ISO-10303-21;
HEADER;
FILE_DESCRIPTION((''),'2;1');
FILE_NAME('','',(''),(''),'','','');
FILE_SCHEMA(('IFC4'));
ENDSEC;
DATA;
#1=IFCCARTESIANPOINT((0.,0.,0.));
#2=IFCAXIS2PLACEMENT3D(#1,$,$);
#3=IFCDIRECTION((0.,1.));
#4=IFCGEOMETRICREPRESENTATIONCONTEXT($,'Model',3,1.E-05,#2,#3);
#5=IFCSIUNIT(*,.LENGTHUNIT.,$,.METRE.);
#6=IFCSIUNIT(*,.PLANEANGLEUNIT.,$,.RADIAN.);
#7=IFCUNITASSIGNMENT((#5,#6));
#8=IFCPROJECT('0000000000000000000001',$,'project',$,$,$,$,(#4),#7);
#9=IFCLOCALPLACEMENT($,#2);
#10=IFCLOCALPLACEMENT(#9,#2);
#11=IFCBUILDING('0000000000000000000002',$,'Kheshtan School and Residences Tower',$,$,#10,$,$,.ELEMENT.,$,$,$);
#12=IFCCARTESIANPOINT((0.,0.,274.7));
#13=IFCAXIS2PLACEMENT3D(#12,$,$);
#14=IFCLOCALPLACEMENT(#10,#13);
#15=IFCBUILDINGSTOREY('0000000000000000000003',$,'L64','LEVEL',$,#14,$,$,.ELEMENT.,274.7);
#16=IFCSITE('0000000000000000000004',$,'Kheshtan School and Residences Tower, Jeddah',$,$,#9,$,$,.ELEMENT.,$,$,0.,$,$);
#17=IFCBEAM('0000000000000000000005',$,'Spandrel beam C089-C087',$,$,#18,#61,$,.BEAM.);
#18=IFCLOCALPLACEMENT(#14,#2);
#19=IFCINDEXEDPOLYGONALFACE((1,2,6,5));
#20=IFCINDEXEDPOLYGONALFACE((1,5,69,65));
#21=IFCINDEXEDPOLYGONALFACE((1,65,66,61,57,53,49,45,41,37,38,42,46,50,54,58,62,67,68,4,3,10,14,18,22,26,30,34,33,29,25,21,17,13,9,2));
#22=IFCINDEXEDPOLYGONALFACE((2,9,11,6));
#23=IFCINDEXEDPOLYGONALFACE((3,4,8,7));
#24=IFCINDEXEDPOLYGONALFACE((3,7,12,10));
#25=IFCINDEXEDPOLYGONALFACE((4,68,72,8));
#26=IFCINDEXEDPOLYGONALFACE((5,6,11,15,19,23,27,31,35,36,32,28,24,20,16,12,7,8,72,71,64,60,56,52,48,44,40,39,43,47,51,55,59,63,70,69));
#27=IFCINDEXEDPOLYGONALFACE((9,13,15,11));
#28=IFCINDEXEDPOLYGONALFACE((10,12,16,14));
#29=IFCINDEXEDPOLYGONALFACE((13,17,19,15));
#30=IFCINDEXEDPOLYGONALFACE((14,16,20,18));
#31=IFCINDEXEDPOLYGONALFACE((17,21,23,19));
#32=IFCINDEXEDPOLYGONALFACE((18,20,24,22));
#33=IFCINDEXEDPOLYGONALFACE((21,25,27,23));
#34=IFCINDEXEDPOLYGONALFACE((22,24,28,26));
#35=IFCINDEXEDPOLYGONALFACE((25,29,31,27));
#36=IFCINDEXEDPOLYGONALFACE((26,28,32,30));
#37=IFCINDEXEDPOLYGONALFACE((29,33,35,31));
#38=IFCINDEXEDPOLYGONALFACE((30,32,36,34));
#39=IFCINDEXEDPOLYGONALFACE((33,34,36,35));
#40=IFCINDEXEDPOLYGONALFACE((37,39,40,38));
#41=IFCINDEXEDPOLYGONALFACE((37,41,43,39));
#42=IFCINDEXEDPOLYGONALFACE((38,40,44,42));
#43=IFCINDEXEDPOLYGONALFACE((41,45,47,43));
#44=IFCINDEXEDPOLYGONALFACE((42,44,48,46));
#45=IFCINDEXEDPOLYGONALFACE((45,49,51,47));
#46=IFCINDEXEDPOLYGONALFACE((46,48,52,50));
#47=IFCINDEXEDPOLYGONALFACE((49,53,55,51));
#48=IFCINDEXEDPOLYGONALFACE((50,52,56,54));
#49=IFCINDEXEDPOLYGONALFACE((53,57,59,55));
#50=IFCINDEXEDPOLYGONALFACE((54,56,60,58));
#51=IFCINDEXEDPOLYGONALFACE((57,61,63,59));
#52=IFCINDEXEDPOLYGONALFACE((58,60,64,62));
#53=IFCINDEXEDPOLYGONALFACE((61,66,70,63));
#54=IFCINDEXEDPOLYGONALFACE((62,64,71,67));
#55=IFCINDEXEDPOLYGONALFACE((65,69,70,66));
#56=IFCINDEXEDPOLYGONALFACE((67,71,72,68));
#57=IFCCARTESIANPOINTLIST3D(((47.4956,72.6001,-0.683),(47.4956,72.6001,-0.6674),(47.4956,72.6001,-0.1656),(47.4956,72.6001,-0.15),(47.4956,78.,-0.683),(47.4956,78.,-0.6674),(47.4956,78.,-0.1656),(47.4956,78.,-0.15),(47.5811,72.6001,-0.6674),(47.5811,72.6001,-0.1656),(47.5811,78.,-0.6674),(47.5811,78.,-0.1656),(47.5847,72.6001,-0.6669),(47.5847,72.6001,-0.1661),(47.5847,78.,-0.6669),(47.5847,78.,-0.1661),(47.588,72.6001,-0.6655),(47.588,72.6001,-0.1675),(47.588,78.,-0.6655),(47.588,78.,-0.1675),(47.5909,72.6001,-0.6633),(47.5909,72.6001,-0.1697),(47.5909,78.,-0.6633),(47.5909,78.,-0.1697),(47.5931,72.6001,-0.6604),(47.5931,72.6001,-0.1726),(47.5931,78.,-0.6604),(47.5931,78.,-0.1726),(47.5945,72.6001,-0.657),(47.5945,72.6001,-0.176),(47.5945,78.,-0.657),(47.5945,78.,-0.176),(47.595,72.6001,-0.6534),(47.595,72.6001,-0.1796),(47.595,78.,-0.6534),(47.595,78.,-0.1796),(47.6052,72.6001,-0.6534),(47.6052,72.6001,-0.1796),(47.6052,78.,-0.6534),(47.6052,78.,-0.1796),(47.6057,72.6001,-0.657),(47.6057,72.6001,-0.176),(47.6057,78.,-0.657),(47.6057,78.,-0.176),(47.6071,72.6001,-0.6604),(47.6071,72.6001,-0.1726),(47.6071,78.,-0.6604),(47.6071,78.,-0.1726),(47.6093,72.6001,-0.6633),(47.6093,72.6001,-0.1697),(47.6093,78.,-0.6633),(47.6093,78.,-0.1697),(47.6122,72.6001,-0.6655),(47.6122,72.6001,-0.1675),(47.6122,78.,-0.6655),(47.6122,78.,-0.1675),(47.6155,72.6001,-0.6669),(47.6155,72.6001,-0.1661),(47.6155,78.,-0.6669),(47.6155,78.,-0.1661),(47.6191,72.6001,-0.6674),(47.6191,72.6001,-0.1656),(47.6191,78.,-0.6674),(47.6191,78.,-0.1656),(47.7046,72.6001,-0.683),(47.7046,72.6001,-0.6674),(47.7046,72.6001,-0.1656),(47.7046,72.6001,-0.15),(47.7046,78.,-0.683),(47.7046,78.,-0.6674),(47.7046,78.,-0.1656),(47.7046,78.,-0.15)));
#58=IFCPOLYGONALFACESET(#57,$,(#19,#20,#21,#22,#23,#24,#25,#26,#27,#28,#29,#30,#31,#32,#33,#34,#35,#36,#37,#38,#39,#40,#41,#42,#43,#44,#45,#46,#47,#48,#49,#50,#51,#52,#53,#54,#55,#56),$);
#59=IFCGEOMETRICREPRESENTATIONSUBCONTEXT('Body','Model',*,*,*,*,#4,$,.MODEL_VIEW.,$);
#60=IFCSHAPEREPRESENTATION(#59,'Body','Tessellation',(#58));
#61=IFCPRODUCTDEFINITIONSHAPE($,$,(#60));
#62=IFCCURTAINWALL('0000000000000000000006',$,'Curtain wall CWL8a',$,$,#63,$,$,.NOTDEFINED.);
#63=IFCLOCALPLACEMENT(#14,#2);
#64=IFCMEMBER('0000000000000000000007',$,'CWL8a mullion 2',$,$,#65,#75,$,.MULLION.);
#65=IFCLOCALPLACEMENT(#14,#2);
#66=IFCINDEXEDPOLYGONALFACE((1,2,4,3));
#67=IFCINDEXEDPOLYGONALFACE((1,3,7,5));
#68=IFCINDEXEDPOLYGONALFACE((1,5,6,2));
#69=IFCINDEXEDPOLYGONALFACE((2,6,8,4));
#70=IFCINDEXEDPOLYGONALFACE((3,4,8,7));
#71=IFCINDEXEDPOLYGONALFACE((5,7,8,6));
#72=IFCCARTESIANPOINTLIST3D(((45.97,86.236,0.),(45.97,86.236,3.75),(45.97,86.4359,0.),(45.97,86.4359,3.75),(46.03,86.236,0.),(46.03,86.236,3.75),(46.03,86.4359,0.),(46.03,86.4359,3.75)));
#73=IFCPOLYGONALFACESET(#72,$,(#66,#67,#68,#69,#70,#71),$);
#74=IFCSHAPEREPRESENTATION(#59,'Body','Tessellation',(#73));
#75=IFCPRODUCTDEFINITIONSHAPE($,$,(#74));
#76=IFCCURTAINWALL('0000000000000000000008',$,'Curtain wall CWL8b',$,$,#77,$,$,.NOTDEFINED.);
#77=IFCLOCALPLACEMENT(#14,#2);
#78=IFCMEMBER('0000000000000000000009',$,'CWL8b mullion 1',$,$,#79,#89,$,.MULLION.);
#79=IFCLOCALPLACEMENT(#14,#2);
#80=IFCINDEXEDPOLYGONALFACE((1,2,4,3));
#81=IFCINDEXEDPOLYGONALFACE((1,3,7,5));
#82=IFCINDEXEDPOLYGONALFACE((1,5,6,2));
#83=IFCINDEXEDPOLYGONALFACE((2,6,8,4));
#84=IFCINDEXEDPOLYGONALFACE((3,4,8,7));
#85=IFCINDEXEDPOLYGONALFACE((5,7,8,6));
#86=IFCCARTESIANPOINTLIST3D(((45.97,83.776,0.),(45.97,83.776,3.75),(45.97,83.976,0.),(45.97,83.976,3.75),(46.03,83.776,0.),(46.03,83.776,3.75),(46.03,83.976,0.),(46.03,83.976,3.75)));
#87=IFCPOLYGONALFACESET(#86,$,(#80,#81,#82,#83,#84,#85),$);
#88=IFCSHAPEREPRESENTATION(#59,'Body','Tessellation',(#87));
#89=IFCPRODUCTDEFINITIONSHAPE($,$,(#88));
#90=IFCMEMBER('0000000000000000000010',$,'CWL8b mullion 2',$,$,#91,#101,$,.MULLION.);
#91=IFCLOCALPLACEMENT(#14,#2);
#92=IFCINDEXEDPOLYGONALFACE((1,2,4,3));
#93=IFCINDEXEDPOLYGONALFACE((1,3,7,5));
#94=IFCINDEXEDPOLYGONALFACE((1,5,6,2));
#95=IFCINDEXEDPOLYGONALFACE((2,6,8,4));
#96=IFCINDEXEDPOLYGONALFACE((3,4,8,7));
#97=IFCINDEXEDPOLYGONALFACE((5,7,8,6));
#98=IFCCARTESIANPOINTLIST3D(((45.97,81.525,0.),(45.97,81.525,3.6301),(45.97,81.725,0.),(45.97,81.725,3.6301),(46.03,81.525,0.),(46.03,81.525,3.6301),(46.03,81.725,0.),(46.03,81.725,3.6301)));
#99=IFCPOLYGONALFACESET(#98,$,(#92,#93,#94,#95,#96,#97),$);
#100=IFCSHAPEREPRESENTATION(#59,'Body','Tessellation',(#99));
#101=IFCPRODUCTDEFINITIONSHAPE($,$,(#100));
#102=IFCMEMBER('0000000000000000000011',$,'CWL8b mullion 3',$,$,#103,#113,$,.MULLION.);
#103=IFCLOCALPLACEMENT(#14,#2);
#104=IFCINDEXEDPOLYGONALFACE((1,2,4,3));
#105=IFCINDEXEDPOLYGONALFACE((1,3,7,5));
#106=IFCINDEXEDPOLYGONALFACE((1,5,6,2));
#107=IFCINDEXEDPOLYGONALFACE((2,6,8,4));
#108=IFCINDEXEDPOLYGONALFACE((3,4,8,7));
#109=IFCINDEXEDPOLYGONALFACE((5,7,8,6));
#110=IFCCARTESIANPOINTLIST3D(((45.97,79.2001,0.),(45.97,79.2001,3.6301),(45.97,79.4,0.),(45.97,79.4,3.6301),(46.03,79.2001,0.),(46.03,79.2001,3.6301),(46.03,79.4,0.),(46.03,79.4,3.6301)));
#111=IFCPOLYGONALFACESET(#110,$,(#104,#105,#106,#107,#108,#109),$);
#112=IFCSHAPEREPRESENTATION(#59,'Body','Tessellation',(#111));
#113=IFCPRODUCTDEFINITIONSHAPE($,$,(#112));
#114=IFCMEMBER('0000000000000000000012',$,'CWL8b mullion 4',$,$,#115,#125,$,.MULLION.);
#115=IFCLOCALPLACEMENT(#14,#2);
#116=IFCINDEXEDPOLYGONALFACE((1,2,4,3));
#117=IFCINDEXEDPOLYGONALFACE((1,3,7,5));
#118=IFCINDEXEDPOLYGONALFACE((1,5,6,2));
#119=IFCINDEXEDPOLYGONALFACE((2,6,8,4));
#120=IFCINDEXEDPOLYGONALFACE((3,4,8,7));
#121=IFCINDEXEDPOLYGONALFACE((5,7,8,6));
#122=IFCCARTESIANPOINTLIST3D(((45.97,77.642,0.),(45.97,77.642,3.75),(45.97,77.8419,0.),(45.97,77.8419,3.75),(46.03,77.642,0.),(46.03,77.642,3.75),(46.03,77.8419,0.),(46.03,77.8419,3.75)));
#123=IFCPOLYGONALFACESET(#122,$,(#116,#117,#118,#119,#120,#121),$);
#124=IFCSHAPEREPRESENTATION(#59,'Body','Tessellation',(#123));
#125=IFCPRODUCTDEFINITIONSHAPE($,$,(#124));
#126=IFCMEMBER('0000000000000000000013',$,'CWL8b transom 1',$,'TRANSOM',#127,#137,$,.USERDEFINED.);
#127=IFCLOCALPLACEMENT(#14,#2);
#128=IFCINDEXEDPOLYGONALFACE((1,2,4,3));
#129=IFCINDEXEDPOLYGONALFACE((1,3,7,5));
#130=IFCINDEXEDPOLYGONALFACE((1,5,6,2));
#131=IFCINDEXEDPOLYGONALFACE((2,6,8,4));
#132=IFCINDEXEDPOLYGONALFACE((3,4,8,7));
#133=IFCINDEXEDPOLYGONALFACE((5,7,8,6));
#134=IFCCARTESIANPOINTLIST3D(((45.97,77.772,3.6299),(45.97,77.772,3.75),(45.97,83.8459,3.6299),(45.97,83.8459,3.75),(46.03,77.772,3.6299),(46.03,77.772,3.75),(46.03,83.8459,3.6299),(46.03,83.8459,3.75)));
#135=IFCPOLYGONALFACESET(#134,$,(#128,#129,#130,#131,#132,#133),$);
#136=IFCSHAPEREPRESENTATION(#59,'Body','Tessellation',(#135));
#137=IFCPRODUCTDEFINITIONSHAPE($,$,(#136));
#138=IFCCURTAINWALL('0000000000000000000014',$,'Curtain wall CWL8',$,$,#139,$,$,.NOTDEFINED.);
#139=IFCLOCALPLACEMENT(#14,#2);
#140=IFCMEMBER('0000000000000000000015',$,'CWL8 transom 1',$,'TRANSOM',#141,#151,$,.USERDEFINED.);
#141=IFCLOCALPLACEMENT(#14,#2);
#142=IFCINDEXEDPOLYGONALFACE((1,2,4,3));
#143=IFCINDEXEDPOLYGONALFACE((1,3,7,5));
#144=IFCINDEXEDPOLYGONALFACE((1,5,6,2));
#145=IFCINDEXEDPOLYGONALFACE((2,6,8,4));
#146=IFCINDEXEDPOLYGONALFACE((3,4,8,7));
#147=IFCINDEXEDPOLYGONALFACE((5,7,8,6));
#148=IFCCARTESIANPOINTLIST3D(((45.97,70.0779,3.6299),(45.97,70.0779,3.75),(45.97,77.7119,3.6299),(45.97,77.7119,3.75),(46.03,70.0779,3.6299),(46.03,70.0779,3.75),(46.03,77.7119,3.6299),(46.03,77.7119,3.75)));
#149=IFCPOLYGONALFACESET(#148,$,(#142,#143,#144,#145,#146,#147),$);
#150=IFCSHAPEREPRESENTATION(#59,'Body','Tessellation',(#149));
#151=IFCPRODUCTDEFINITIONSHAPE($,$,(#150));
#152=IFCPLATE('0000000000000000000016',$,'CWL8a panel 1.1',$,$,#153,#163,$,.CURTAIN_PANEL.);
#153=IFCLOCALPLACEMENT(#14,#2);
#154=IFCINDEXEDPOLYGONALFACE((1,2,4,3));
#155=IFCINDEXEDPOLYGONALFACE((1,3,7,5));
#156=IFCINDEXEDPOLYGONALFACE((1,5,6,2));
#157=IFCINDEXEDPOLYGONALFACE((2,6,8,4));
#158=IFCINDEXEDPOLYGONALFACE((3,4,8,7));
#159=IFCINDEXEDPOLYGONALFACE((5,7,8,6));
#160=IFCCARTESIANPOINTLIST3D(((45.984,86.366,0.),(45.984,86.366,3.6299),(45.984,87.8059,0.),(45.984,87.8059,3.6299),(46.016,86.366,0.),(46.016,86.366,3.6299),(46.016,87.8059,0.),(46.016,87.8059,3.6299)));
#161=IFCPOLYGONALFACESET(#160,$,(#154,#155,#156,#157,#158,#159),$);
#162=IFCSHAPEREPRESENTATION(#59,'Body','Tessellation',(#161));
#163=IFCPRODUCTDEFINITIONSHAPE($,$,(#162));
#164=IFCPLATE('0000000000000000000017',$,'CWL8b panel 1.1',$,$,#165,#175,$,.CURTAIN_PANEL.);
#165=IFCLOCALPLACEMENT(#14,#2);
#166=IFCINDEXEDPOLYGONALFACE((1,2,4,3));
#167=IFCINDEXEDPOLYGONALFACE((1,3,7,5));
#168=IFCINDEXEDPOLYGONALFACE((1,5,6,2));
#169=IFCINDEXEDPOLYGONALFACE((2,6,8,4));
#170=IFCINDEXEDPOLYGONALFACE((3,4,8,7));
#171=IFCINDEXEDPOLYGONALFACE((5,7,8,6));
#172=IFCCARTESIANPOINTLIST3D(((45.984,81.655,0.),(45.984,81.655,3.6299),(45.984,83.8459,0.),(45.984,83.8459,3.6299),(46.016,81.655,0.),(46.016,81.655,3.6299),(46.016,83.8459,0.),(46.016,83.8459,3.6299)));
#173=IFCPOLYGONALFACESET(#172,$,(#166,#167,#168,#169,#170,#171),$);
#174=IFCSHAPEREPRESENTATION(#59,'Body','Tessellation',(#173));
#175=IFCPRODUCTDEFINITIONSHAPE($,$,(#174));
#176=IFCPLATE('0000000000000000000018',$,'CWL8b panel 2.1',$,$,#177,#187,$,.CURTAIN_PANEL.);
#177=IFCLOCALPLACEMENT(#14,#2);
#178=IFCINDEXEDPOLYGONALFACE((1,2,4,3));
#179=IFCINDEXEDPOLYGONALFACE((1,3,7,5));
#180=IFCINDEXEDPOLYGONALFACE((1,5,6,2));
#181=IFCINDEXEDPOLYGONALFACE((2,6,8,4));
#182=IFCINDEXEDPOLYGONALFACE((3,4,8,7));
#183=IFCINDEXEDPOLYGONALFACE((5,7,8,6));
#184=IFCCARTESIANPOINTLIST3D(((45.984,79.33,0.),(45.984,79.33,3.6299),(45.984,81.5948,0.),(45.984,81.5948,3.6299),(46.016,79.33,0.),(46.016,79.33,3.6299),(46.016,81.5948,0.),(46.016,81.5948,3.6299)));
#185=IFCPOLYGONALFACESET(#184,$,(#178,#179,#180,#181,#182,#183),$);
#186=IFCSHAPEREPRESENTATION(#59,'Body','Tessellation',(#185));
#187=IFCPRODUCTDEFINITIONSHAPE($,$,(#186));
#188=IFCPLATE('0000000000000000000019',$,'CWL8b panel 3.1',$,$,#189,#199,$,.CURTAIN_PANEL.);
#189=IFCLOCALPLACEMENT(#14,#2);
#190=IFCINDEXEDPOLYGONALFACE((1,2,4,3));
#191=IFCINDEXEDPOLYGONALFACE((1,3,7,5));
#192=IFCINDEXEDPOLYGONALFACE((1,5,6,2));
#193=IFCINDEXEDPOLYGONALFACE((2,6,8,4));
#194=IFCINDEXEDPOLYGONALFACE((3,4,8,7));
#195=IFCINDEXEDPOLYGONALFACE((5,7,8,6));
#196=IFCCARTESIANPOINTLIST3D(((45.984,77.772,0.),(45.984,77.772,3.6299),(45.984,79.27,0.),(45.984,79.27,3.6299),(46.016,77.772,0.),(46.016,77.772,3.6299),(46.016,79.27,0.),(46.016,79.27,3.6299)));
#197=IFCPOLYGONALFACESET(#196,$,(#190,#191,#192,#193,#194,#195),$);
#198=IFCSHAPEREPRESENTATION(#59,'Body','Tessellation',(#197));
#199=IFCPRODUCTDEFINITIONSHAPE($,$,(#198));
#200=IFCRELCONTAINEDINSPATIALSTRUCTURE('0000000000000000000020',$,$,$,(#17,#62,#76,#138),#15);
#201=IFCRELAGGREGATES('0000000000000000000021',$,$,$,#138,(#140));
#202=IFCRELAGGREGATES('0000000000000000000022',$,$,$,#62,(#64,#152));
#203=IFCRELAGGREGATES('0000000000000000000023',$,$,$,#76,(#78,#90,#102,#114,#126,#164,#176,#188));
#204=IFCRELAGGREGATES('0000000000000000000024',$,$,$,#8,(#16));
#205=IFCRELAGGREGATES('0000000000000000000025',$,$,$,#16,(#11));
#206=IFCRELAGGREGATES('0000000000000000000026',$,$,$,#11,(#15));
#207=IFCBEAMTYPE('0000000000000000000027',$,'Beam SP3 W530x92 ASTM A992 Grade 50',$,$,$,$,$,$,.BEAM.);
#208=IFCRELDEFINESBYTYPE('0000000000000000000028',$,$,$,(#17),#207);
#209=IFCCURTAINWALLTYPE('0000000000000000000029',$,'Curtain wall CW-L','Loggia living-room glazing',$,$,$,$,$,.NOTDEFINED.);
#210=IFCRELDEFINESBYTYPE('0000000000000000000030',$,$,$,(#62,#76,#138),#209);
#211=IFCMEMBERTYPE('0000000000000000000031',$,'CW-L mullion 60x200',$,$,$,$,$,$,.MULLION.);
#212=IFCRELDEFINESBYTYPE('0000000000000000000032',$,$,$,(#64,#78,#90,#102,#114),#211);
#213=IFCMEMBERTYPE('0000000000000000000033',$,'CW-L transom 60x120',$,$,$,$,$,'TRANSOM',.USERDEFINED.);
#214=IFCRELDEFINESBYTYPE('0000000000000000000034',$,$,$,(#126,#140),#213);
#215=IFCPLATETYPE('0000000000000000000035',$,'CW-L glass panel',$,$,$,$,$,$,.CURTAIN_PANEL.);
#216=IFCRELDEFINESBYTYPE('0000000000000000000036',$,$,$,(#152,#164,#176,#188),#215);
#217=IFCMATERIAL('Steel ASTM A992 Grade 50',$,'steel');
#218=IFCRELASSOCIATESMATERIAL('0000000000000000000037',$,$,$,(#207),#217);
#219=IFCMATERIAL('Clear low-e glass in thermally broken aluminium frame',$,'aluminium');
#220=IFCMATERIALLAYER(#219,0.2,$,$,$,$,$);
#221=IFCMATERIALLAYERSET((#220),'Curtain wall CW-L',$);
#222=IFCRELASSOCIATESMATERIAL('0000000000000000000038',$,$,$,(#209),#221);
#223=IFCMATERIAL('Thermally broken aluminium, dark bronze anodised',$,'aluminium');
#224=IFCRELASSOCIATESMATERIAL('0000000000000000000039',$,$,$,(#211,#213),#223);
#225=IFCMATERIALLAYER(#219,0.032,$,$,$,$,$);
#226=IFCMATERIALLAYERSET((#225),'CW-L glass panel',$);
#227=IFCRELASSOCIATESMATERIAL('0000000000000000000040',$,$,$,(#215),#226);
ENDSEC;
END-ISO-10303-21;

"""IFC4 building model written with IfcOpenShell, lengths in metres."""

from ifc_helpers import new_model, si_unit, direction, frame, origin, origin_2d, place, context, subcontext, project, spatial, rectangle, i_section, extrude, material, layer, layer_set, material_profile, profile_set, type_object, element, aggregate, save


model = new_model("IFC4")

# Units and contexts
model_context = context("Model", 3, precision=1e-05, world=origin(), true_north=direction((0.0, 1.0)))
body_context = subcontext(model_context, "Body", "Model", "MODEL_VIEW")
ifc_project = project(units=[si_unit("LENGTHUNIT", "METRE"), si_unit("PLANEANGLEUNIT", "RADIAN")], contexts=[model_context])

# Site, building, storey
site_placement = place(None, origin())
site = spatial("IfcSite", under=ifc_project, at=site_placement, Name="Kheshtan School and Residences Tower, Jeddah", CompositionType="ELEMENT", RefElevation=0.0)
building_placement = place(site_placement, origin())
building = spatial("IfcBuilding", under=site, at=building_placement, Name="Kheshtan School and Residences Tower", CompositionType="ELEMENT")
storey_placement = place(building_placement, frame((0.0, 0.0, 274.7)))
storey = spatial("IfcBuildingStorey", under=building, at=storey_placement, Name="L64", Description="LEVEL", CompositionType="ELEMENT", Elevation=274.7)

# Shared definitions
ifc_material_1 = material(Name="Steel ASTM A992 Grade 50", Category="steel")

# Beam
ifc_material_profile_1 = material_profile(ifc_material_1, i_section(OverallWidth=0.209, OverallDepth=0.533, WebThickness=0.0103, FlangeThickness=0.0156, FilletRadius=0.0139, at=origin_2d()), Name="W530x92")
ifc_profile_set_1 = profile_set([ifc_material_profile_1], Name="Steel ASTM A992 Grade 50")
beam_type_1 = type_object("IfcBeamType", Name="Beam SP3 W530x92 ASTM A992 Grade 50", PredefinedType="BEAM", material=ifc_profile_set_1)
for number, where, z_axis, x_axis, name in (
    (1, (47.6001, 78.0, -0.4165), (0.0, -1.0, 0.0), (1.0, 0.0, 0.0), "Spandrel beam C089-C087"),
):
    element("IfcBeam", number, at=place(storey_placement, frame(where, z_axis=z_axis, x_axis=x_axis)), inside=storey, type_object=beam_type_1, Name=name, PredefinedType="BEAM", context=body_context, shape_type="SweptSolid", body=[
        extrude(i_section(OverallWidth=0.209, OverallDepth=0.533, WebThickness=0.0103, FlangeThickness=0.0156, FilletRadius=0.0139, at=origin_2d()), origin(), (0.0, 0.0, 1.0), 5.3999),
    ])

# Curtain wall, member
ifc_material_2 = material(Name="Clear low-e glass in thermally broken aluminium frame", Category="aluminium")
ifc_layer_1 = layer(ifc_material_2, 0.2)
ifc_layer_set_1 = layer_set([ifc_layer_1], Name="Curtain wall CW-L")
curtain_wall_type = type_object("IfcCurtainWallType", Name="Curtain wall CW-L", Description="Loggia living-room glazing", PredefinedType="NOTDEFINED", material=ifc_layer_set_1)
curtain_wall_1_placement = place(storey_placement, origin())
curtain_wall_1 = element("IfcCurtainWall", 2, at=curtain_wall_1_placement, inside=storey, type_object=curtain_wall_type, Name="Curtain wall CWL8a", PredefinedType="NOTDEFINED")
ifc_material_3 = material(Name="Thermally broken aluminium, dark bronze anodised", Category="aluminium")
ifc_material_profile_2 = material_profile(ifc_material_3, rectangle(XDim=0.0601, YDim=0.2, at=origin_2d()), Name="CW-L mullion 60x200")
ifc_profile_set_2 = profile_set([ifc_material_profile_2], Name="Thermally broken aluminium, dark bronze anodised")
member_type_1 = type_object("IfcMemberType", Name="CW-L mullion 60x200", PredefinedType="MULLION", material=ifc_profile_set_2)
member_1_placement = place(storey_placement, frame((46.0, 86.3359, 0.0), z_axis=(0.0, 0.0, 1.0), x_axis=(1.0, 0.0, 0.0)))
member_1 = element("IfcMember", 3, at=member_1_placement, type_object=member_type_1, Name="CWL8a mullion 2", PredefinedType="MULLION", context=body_context, shape_type="SweptSolid", body=[
    extrude(rectangle(XDim=0.0601, YDim=0.2, at=origin_2d()), origin(), (0.0, 0.0, 1.0), 3.75),
])

# Curtain wall, members
curtain_wall_2_placement = place(storey_placement, origin())
curtain_wall_2 = element("IfcCurtainWall", 4, at=curtain_wall_2_placement, inside=storey, type_object=curtain_wall_type, Name="Curtain wall CWL8b", PredefinedType="NOTDEFINED")
member_2_placement = place(storey_placement, frame((46.0, 83.876, 0.0), z_axis=(0.0, 0.0, 1.0), x_axis=(1.0, 0.0, 0.0)))
member_2 = element("IfcMember", 5, at=member_2_placement, type_object=member_type_1, Name="CWL8b mullion 1", PredefinedType="MULLION", context=body_context, shape_type="SweptSolid", body=[
    extrude(rectangle(XDim=0.0601, YDim=0.2, at=origin_2d()), origin(), (0.0, 0.0, 1.0), 3.75),
])
member_3_placement = place(storey_placement, frame((46.0, 81.625, 0.0), z_axis=(0.0, 0.0, 1.0), x_axis=(1.0, 0.0, 0.0)))
member_3 = element("IfcMember", 6, at=member_3_placement, type_object=member_type_1, Name="CWL8b mullion 2", PredefinedType="MULLION", context=body_context, shape_type="SweptSolid", body=[
    extrude(rectangle(XDim=0.0601, YDim=0.2, at=origin_2d()), origin(), (0.0, 0.0, 1.0), 3.6301),
])
member_4_placement = place(storey_placement, frame((46.0, 79.3, 0.0), z_axis=(0.0, 0.0, 1.0), x_axis=(1.0, 0.0, 0.0)))
member_4 = element("IfcMember", 7, at=member_4_placement, type_object=member_type_1, Name="CWL8b mullion 3", PredefinedType="MULLION", context=body_context, shape_type="SweptSolid", body=[
    extrude(rectangle(XDim=0.0601, YDim=0.2, at=origin_2d()), origin(), (0.0, 0.0, 1.0), 3.6301),
])
member_5_placement = place(storey_placement, frame((46.0, 77.7419, 0.0), z_axis=(0.0, 0.0, 1.0), x_axis=(1.0, 0.0, 0.0)))
member_5 = element("IfcMember", 8, at=member_5_placement, type_object=member_type_1, Name="CWL8b mullion 4", PredefinedType="MULLION", context=body_context, shape_type="SweptSolid", body=[
    extrude(rectangle(XDim=0.0601, YDim=0.2, at=origin_2d()), origin(), (0.0, 0.0, 1.0), 3.75),
])
ifc_material_profile_3 = material_profile(ifc_material_3, rectangle(XDim=0.0601, YDim=0.1201, at=origin_2d()), Name="CW-L transom 60x120")
ifc_profile_set_3 = profile_set([ifc_material_profile_3], Name="Thermally broken aluminium, dark bronze anodised")
member_type_2 = type_object("IfcMemberType", Name="CW-L transom 60x120", ElementType="TRANSOM", PredefinedType="USERDEFINED", material=ifc_profile_set_3)
member_6_placement = place(storey_placement, frame((46.0, 83.8459, 3.6899), z_axis=(0.0, -1.0, 0.0), x_axis=(1.0, 0.0, 0.0)))
member_6 = element("IfcMember", 9, at=member_6_placement, type_object=member_type_2, Name="CWL8b transom 1", ObjectType="TRANSOM", PredefinedType="USERDEFINED", context=body_context, shape_type="SweptSolid", body=[
    extrude(rectangle(XDim=0.0601, YDim=0.1201, at=origin_2d()), origin(), (0.0, 0.0, 1.0), 6.074),
])

# Curtain wall, member
curtain_wall_3_placement = place(storey_placement, origin())
curtain_wall_3 = element("IfcCurtainWall", 10, at=curtain_wall_3_placement, inside=storey, type_object=curtain_wall_type, Name="Curtain wall CWL8", PredefinedType="NOTDEFINED")
member_7_placement = place(storey_placement, frame((46.0, 77.7119, 3.6899), z_axis=(0.0, -1.0, 0.0), x_axis=(1.0, 0.0, 0.0)))
member_7 = element("IfcMember", 11, at=member_7_placement, type_object=member_type_2, Name="CWL8 transom 1", ObjectType="TRANSOM", PredefinedType="USERDEFINED", context=body_context, shape_type="SweptSolid", body=[
    extrude(rectangle(XDim=0.0601, YDim=0.1201, at=origin_2d()), origin(), (0.0, 0.0, 1.0), 7.634),
])
aggregate(curtain_wall_3, [member_7])

# Plates
ifc_layer_2 = layer(ifc_material_2, 0.032)
ifc_layer_set_2 = layer_set([ifc_layer_2], Name="CW-L glass panel")
plate_type = type_object("IfcPlateType", Name="CW-L glass panel", PredefinedType="CURTAIN_PANEL", material=ifc_layer_set_2)
plate_1_placement = place(storey_placement, frame((46.0, 87.0859, 0.0), z_axis=(0.0, 0.0, 1.0), x_axis=(0.0, -1.0, 0.0)))
plate_1 = element("IfcPlate", 12, at=plate_1_placement, type_object=plate_type, Name="CWL8a panel 1.1", PredefinedType="CURTAIN_PANEL", context=body_context, shape_type="SweptSolid", body=[
    extrude(rectangle(XDim=1.4399, YDim=0.032, at=origin_2d()), origin(), (0.0, 0.0, 1.0), 3.6299),
])
aggregate(curtain_wall_1, [member_1, plate_1])
plate_2_placement = place(storey_placement, frame((46.0, 82.7505, 0.0), z_axis=(0.0, 0.0, 1.0), x_axis=(0.0, -1.0, 0.0)))
plate_2 = element("IfcPlate", 13, at=plate_2_placement, type_object=plate_type, Name="CWL8b panel 1.1", PredefinedType="CURTAIN_PANEL", context=body_context, shape_type="SweptSolid", body=[
    extrude(rectangle(XDim=2.1909, YDim=0.032, at=origin_2d()), origin(), (0.0, 0.0, 1.0), 3.6299),
])
plate_3_placement = place(storey_placement, frame((46.0, 80.4624, 0.0), z_axis=(0.0, 0.0, 1.0), x_axis=(0.0, -1.0, 0.0)))
plate_3 = element("IfcPlate", 14, at=plate_3_placement, type_object=plate_type, Name="CWL8b panel 2.1", PredefinedType="CURTAIN_PANEL", context=body_context, shape_type="SweptSolid", body=[
    extrude(rectangle(XDim=2.2649, YDim=0.032, at=origin_2d()), origin(), (0.0, 0.0, 1.0), 3.6299),
])
plate_4_placement = place(storey_placement, frame((46.0, 78.521, 0.0), z_axis=(0.0, 0.0, 1.0), x_axis=(0.0, -1.0, 0.0)))
plate_4 = element("IfcPlate", 15, at=plate_4_placement, type_object=plate_type, Name="CWL8b panel 3.1", PredefinedType="CURTAIN_PANEL", context=body_context, shape_type="SweptSolid", body=[
    extrude(rectangle(XDim=1.498, YDim=0.032, at=origin_2d()), origin(), (0.0, 0.0, 1.0), 3.6299),
])
aggregate(curtain_wall_2, [member_2, member_3, member_4, member_5, member_6, plate_2, plate_3, plate_4])

save(model, "model.ifc")
